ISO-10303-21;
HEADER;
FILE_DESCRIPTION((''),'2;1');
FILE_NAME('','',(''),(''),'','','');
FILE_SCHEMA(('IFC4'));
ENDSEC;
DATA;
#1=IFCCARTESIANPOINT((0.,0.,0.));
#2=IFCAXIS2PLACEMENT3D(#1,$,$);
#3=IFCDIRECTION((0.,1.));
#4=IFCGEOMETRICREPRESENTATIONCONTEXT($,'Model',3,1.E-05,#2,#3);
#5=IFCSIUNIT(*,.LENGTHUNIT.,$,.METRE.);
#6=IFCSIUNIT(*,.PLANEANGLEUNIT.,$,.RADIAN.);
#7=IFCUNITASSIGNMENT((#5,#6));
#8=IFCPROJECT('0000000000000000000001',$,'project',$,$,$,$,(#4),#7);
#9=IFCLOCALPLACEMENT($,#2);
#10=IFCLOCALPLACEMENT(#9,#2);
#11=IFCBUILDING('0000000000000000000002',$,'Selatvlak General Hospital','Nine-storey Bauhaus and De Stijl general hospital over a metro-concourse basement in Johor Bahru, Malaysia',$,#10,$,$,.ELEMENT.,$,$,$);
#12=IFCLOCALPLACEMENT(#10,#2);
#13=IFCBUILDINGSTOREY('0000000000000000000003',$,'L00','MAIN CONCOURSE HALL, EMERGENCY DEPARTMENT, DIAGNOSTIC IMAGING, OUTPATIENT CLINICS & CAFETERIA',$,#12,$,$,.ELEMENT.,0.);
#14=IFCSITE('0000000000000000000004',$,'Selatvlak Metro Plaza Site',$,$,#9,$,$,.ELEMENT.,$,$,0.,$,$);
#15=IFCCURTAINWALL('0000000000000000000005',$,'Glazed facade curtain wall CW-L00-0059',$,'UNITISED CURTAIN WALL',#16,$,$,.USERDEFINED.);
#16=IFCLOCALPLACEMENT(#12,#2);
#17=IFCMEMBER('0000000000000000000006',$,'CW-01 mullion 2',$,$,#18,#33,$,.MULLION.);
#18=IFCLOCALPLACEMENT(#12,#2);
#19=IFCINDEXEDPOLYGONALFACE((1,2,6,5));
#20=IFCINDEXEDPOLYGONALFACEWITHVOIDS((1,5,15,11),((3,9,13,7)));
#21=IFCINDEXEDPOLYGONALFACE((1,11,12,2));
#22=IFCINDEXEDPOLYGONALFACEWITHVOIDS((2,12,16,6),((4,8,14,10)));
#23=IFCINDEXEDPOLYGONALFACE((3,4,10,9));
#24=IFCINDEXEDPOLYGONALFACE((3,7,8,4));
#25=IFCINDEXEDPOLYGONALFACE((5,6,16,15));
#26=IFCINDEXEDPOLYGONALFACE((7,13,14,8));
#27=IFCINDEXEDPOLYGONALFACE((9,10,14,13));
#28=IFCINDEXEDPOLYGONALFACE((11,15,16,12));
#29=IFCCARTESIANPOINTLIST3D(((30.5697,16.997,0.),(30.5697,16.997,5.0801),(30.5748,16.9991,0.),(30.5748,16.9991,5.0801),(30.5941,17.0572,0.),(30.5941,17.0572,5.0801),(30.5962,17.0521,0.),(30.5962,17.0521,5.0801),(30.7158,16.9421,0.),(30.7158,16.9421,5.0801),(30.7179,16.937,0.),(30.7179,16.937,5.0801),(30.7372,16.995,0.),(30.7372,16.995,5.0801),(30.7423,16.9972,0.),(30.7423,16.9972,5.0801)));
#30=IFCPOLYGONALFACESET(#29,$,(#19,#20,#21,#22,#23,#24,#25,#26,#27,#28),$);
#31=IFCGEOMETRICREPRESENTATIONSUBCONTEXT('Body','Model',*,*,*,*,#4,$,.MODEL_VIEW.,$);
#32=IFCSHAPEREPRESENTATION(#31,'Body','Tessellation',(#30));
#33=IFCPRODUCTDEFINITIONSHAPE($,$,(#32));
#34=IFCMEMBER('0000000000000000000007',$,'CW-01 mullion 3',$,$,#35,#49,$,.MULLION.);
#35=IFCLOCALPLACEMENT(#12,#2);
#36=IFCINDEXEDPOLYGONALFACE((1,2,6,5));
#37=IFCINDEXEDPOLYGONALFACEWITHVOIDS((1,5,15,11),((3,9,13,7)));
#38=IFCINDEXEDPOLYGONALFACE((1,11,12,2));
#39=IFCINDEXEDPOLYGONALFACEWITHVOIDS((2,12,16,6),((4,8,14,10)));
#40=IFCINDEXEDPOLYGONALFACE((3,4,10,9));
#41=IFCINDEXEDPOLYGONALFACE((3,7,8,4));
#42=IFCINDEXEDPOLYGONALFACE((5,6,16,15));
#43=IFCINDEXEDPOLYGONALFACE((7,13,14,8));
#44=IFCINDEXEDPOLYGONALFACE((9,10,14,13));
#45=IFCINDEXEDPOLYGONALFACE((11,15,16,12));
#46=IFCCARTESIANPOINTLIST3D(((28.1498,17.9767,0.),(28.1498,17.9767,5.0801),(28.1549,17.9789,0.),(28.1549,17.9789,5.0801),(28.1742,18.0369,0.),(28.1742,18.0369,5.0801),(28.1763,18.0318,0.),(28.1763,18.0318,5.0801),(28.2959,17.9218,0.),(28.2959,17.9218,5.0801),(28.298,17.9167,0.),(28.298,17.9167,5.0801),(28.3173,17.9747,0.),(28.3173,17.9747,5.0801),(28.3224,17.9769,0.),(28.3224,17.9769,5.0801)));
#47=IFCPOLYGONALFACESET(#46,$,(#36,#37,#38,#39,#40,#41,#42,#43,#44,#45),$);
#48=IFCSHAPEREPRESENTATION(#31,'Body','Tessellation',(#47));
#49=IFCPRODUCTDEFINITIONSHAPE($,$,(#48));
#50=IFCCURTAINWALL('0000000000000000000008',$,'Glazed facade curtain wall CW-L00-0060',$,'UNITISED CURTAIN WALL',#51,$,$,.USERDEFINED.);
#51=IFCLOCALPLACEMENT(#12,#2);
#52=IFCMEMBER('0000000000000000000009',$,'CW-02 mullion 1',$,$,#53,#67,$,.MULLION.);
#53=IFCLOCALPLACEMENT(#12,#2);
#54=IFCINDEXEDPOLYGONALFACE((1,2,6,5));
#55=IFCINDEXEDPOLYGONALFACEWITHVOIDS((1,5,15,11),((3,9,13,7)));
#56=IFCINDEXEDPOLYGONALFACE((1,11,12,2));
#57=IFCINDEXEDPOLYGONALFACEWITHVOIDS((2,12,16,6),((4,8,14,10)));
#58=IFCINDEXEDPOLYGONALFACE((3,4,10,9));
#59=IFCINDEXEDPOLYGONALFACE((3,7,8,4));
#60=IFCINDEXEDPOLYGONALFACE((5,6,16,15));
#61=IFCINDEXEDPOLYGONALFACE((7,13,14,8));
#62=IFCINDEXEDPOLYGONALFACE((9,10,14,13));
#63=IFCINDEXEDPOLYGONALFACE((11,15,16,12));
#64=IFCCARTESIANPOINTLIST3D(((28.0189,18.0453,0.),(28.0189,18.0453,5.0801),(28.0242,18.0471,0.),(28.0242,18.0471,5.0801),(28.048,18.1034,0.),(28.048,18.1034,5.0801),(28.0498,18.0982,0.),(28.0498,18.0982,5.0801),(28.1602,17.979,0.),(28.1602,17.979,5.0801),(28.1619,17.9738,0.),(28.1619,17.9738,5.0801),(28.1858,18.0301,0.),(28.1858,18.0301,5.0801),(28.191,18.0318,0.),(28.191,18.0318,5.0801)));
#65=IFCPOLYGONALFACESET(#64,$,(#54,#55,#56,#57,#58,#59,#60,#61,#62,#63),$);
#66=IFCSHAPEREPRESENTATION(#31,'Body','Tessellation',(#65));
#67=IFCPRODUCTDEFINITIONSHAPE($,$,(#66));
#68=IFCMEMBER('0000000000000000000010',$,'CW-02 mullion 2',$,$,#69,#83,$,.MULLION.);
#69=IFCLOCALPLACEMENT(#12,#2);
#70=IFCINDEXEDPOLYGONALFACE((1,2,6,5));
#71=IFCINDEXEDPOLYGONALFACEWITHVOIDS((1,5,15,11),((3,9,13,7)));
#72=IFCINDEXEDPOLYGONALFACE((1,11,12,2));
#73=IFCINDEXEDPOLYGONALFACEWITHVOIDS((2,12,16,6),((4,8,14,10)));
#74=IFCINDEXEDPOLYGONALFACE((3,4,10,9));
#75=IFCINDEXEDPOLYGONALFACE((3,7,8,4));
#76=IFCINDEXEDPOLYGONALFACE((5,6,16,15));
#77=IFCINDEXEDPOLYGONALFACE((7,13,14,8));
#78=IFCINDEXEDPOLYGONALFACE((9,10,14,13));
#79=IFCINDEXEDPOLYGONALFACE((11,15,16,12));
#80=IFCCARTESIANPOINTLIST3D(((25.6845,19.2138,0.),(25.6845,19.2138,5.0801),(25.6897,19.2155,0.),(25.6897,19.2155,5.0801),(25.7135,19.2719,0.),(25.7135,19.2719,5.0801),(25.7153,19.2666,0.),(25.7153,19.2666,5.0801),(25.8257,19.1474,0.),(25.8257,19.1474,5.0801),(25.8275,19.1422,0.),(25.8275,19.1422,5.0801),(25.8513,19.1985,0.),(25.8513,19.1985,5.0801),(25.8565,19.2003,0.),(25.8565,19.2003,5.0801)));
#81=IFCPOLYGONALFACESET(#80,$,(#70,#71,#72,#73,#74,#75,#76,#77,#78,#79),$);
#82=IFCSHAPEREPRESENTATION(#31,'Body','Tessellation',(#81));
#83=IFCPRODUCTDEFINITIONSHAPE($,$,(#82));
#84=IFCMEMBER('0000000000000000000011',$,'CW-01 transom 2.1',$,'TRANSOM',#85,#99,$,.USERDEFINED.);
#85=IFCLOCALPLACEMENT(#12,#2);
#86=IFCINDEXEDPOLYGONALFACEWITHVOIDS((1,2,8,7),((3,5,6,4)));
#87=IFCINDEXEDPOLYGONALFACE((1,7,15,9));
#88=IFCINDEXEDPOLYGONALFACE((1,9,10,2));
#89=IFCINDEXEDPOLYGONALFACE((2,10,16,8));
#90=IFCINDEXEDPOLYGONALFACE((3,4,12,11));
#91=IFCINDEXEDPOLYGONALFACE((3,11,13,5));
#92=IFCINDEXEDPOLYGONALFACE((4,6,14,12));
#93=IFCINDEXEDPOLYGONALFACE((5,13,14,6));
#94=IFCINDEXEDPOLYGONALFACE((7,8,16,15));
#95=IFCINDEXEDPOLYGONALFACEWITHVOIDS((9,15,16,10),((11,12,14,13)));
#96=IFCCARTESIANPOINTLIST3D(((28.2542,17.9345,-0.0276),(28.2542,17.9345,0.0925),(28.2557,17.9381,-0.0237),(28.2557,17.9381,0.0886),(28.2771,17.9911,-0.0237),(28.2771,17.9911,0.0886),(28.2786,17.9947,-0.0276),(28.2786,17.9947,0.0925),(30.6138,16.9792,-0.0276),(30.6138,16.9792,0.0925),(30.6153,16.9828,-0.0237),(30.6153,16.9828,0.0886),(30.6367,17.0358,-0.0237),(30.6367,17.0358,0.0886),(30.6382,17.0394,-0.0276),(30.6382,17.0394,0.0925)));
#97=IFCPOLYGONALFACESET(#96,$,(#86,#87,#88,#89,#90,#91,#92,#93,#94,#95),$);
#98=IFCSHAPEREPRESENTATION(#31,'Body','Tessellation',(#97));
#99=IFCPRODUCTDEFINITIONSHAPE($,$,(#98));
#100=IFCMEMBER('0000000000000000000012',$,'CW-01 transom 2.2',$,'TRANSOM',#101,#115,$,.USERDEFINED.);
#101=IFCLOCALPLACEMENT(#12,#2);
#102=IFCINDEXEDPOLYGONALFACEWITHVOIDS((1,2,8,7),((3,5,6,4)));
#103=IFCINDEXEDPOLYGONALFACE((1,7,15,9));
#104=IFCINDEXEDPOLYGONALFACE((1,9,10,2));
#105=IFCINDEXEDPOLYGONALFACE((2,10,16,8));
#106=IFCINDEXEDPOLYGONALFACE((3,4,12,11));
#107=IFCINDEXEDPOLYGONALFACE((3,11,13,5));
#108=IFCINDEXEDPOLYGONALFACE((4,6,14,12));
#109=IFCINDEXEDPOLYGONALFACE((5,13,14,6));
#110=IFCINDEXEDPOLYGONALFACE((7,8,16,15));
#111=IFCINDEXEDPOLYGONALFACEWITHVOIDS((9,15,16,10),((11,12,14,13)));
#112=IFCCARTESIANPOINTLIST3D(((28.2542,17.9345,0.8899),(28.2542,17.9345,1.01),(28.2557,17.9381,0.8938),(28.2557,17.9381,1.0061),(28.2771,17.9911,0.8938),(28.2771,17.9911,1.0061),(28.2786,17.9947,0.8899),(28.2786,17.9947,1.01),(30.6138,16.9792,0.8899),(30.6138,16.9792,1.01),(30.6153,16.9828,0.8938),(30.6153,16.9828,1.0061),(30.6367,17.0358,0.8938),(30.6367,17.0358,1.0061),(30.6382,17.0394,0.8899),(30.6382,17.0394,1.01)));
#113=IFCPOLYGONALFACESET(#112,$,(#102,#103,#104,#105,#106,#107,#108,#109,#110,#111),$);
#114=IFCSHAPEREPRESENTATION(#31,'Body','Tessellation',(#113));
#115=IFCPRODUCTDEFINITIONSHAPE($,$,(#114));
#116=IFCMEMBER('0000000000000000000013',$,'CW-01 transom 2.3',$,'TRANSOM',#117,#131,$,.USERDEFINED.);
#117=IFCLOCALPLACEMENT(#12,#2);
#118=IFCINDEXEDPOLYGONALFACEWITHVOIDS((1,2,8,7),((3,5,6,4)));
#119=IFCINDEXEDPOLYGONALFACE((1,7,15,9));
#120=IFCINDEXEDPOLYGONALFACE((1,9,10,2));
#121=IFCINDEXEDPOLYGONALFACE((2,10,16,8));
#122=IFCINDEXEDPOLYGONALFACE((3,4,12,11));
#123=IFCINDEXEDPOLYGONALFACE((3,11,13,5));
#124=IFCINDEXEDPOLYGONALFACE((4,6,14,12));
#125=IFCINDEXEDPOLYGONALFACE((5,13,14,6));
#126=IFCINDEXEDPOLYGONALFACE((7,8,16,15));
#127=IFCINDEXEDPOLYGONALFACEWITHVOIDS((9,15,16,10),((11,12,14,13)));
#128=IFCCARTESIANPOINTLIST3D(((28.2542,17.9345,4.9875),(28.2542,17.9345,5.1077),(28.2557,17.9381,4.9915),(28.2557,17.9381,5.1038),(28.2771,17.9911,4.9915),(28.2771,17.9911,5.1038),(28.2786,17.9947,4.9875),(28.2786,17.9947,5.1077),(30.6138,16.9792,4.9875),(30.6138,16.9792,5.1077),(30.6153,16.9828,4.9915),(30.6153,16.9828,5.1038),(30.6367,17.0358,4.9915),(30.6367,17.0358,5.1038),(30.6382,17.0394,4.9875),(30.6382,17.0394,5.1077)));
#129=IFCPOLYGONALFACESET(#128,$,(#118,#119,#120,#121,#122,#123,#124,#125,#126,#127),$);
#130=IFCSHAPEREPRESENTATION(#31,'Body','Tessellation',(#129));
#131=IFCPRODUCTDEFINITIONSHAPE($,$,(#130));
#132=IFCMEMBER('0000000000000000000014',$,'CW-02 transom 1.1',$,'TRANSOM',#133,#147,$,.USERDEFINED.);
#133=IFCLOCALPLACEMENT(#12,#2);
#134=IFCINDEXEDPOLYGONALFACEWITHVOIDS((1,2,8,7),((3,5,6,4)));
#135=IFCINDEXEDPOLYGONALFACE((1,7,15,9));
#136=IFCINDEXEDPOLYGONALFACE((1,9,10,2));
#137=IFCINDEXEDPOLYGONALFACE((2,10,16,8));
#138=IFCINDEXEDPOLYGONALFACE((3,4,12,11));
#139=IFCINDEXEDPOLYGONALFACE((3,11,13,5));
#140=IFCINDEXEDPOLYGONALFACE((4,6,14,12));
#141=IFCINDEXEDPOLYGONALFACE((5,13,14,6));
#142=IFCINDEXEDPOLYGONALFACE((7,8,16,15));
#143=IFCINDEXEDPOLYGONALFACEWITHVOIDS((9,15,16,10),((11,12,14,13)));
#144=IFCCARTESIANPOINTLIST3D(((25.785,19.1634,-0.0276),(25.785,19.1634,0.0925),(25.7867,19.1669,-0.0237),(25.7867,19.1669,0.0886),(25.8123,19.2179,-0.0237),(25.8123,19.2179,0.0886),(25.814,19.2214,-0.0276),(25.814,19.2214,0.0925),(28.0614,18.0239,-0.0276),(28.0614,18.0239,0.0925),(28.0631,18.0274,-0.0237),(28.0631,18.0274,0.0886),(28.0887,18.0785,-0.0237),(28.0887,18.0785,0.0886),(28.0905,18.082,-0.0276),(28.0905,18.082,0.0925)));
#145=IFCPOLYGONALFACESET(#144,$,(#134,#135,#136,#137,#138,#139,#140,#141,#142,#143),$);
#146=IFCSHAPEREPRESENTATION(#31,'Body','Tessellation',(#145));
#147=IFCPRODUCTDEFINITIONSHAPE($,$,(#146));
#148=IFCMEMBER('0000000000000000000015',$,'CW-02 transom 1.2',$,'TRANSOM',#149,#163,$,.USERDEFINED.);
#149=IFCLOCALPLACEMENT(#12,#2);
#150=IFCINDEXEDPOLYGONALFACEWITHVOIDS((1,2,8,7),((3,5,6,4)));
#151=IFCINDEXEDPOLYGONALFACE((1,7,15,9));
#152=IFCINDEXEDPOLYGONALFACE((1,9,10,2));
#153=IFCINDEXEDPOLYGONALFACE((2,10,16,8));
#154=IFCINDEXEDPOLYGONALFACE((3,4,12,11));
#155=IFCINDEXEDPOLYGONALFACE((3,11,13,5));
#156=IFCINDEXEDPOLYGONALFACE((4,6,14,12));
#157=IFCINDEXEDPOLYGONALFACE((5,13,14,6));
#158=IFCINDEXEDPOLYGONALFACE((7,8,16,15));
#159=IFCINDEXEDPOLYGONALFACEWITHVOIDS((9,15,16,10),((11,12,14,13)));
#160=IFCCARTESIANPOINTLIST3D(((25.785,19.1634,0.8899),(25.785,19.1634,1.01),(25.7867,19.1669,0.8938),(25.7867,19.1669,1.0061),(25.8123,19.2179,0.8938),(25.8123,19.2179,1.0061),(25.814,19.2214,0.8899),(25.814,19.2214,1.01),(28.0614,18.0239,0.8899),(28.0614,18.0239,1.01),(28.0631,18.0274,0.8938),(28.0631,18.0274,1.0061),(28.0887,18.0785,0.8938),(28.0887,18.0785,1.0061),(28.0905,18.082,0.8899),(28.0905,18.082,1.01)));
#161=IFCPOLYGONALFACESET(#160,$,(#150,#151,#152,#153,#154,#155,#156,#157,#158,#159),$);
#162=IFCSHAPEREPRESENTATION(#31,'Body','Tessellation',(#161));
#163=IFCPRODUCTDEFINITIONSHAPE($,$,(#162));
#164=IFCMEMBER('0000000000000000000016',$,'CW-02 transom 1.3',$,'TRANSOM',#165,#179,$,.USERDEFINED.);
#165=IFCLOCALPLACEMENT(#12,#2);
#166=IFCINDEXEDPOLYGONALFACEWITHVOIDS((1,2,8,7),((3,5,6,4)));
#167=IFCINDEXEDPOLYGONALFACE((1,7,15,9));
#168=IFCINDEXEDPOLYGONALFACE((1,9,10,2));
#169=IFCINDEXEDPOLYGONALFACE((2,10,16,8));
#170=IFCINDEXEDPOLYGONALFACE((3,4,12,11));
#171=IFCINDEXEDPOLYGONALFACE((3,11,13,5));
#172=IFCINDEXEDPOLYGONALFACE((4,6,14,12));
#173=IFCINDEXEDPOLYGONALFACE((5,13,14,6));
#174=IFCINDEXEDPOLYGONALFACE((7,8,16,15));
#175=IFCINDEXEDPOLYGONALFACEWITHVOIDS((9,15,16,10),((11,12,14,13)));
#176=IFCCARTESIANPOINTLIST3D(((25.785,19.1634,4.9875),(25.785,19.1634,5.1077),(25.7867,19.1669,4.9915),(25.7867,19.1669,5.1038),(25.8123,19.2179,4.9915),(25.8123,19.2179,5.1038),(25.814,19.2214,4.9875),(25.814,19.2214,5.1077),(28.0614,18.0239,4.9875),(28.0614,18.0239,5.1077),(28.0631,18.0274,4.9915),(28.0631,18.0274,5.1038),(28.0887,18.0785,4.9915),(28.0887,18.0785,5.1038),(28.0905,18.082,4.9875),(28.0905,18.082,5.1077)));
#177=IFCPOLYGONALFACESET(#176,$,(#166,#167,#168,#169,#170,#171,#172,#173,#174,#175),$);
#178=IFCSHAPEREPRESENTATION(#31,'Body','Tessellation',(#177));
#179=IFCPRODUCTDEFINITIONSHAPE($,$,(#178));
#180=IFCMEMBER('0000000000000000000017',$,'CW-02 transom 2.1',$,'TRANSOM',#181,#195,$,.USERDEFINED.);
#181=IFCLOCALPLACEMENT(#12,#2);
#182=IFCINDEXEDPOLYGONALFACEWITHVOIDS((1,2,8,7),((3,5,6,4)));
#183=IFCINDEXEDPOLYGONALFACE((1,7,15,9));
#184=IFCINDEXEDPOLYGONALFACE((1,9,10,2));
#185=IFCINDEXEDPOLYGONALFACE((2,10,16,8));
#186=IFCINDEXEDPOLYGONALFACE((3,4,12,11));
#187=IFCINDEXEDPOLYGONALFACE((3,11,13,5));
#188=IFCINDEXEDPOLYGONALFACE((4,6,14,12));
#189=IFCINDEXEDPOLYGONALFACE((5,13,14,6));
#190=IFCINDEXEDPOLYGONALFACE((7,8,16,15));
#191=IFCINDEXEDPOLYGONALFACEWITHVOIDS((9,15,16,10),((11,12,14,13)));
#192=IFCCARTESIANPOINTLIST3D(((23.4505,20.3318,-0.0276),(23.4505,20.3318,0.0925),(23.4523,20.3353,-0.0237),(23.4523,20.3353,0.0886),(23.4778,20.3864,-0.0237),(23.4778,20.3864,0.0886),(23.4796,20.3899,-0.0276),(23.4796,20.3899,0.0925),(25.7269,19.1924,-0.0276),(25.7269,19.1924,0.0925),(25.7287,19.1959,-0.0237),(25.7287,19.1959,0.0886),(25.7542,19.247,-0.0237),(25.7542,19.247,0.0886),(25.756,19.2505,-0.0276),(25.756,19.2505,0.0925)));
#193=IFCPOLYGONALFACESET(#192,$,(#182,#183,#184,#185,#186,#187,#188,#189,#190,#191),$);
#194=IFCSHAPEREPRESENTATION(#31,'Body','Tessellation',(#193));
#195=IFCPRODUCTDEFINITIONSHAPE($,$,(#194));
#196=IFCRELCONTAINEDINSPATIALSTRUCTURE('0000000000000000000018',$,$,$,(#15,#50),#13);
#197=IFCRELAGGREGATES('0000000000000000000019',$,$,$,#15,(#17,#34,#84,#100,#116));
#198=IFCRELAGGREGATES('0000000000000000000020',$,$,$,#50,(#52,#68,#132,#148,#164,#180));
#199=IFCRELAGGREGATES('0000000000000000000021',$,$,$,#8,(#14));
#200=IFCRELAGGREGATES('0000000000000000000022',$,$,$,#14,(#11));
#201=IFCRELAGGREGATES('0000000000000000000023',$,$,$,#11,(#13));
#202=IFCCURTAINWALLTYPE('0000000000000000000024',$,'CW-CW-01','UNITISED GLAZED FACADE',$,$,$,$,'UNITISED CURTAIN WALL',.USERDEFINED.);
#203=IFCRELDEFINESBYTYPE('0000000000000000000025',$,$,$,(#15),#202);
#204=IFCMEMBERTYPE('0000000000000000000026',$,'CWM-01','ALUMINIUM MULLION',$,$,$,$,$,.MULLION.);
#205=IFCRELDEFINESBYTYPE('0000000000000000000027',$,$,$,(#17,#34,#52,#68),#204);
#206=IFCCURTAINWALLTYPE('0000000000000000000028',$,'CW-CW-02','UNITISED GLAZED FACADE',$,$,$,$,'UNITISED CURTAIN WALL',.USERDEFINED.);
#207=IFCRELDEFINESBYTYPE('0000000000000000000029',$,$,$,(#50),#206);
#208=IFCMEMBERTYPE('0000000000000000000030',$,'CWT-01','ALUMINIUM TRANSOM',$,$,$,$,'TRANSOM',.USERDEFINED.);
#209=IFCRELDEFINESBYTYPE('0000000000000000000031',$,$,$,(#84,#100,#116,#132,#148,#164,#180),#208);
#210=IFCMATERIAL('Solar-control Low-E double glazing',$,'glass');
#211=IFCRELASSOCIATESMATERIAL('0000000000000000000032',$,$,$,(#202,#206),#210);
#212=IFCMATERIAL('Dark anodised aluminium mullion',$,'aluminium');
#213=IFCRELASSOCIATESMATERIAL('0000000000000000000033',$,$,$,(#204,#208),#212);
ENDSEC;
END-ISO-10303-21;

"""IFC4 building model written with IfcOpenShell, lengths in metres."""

from ifc_helpers import new_model, si_unit, direction, frame, origin, origin_2d, place, context, subcontext, project, spatial, hollow_rectangle, extrude, material, material_profile, profile_set, type_object, element, aggregate, save


model = new_model("IFC4")

# Units and contexts
model_context = context("Model", 3, precision=1e-05, world=origin(), true_north=direction((0.0, 1.0)))
body_context = subcontext(model_context, "Body", "Model", "MODEL_VIEW")
ifc_project = project(units=[si_unit("LENGTHUNIT", "METRE"), si_unit("PLANEANGLEUNIT", "RADIAN")], contexts=[model_context])

# Site, building, storey
site_placement = place(None, origin())
site = spatial("IfcSite", under=ifc_project, at=site_placement, Name="Selatvlak Metro Plaza Site", CompositionType="ELEMENT", RefElevation=0.0)
building_placement = place(site_placement, origin())
building = spatial("IfcBuilding", under=site, at=building_placement, Name="Selatvlak General Hospital", Description="Nine-storey Bauhaus and De Stijl general hospital over a metro-concourse basement in Johor Bahru, Malaysia", CompositionType="ELEMENT")
storey_placement = place(building_placement, origin())
storey = spatial("IfcBuildingStorey", under=building, at=storey_placement, Name="L00", Description="MAIN CONCOURSE HALL, EMERGENCY DEPARTMENT, DIAGNOSTIC IMAGING, OUTPATIENT CLINICS & CAFETERIA", CompositionType="ELEMENT", Elevation=0.0)

# Curtain walls, members
ifc_material_1 = material(Name="Solar-control Low-E double glazing", Category="glass")
curtain_wall_type_1 = type_object("IfcCurtainWallType", Name="CW-CW-01", Description="UNITISED GLAZED FACADE", ElementType="UNITISED CURTAIN WALL", PredefinedType="USERDEFINED", material=ifc_material_1)
curtain_wall_1_placement = place(storey_placement, origin())
curtain_wall_1 = element("IfcCurtainWall", 1, at=curtain_wall_1_placement, inside=storey, type_object=curtain_wall_type_1, Name="Glazed facade curtain wall CW-L00-0059", ObjectType="UNITISED CURTAIN WALL", PredefinedType="USERDEFINED")
ifc_material_2 = material(Name="Dark anodised aluminium mullion", Category="aluminium")
ifc_material_profile_1 = material_profile(ifc_material_2, hollow_rectangle(XDim=0.0649, YDim=0.1599, WallThickness=0.0039, at=origin_2d()), Name="AL-MUL 65x160x4")
ifc_profile_set_1 = profile_set([ifc_material_profile_1], Name="Dark anodised aluminium mullion")
member_type_1 = type_object("IfcMemberType", Name="CWM-01", Description="ALUMINIUM MULLION", PredefinedType="MULLION", material=ifc_profile_set_1)
member_1_placement = place(storey_placement, frame((30.656, 16.9971, 0.0), z_axis=(0.0, 0.0, 1.0), x_axis=(-0.375301, -0.926903, 0.0)))
member_1 = element("IfcMember", 2, at=member_1_placement, type_object=member_type_1, Name="CW-01 mullion 2", PredefinedType="MULLION", context=body_context, shape_type="SweptSolid", body=[
    extrude(hollow_rectangle(XDim=0.0649, YDim=0.1599, WallThickness=0.0039, at=origin_2d()), origin(), (0.0, 0.0, 1.0), 5.0801),
])
member_2_placement = place(storey_placement, frame((28.2361, 17.9768, 0.0), z_axis=(0.0, 0.0, 1.0), x_axis=(-0.375301, -0.926903, 0.0)))
member_2 = element("IfcMember", 3, at=member_2_placement, type_object=member_type_1, Name="CW-01 mullion 3", PredefinedType="MULLION", context=body_context, shape_type="SweptSolid", body=[
    extrude(hollow_rectangle(XDim=0.0649, YDim=0.1599, WallThickness=0.0039, at=origin_2d()), origin(), (0.0, 0.0, 1.0), 5.0801),
])
curtain_wall_type_2 = type_object("IfcCurtainWallType", Name="CW-CW-02", Description="UNITISED GLAZED FACADE", ElementType="UNITISED CURTAIN WALL", PredefinedType="USERDEFINED", material=ifc_material_1)
curtain_wall_2_placement = place(storey_placement, origin())
curtain_wall_2 = element("IfcCurtainWall", 4, at=curtain_wall_2_placement, inside=storey, type_object=curtain_wall_type_2, Name="Glazed facade curtain wall CW-L00-0060", ObjectType="UNITISED CURTAIN WALL", PredefinedType="USERDEFINED")
member_3_placement = place(storey_placement, frame((28.105, 18.0386, 0.0), z_axis=(0.0, 0.0, 1.0), x_axis=(-0.447592, -0.894238, 0.0)))
member_3 = element("IfcMember", 5, at=member_3_placement, type_object=member_type_1, Name="CW-02 mullion 1", PredefinedType="MULLION", context=body_context, shape_type="SweptSolid", body=[
    extrude(hollow_rectangle(XDim=0.0649, YDim=0.1599, WallThickness=0.0039, at=origin_2d()), origin(), (0.0, 0.0, 1.0), 5.0801),
])
member_4_placement = place(storey_placement, frame((25.7705, 19.207, 0.0), z_axis=(0.0, 0.0, 1.0), x_axis=(-0.447592, -0.894238, 0.0)))
member_4 = element("IfcMember", 6, at=member_4_placement, type_object=member_type_1, Name="CW-02 mullion 2", PredefinedType="MULLION", context=body_context, shape_type="SweptSolid", body=[
    extrude(hollow_rectangle(XDim=0.0649, YDim=0.1599, WallThickness=0.0039, at=origin_2d()), origin(), (0.0, 0.0, 1.0), 5.0801),
])

# Members
ifc_material_profile_2 = material_profile(ifc_material_2, hollow_rectangle(XDim=0.0649, YDim=0.1201, WallThickness=0.0039, at=origin_2d()), Name="AL-TRN 65x120x4")
ifc_profile_set_2 = profile_set([ifc_material_profile_2], Name="Dark anodised aluminium mullion")
member_type_2 = type_object("IfcMemberType", Name="CWT-01", Description="ALUMINIUM TRANSOM", ElementType="TRANSOM", PredefinedType="USERDEFINED", material=ifc_profile_set_2)
member_5_placement = place(storey_placement, frame((30.626, 17.0093, 0.0325), z_axis=(-0.926914, 0.375273, 0.0), x_axis=(-0.375273, -0.926914, 0.0)))
member_5 = element("IfcMember", 7, at=member_5_placement, type_object=member_type_2, Name="CW-01 transom 2.1", ObjectType="TRANSOM", PredefinedType="USERDEFINED", context=body_context, shape_type="SweptSolid", body=[
    extrude(hollow_rectangle(XDim=0.0649, YDim=0.1201, WallThickness=0.0039, at=origin_2d()), origin(), (0.0, 0.0, 1.0), 2.5457),
])
member_6_placement = place(storey_placement, frame((30.626, 17.0093, 0.95), z_axis=(-0.926914, 0.375273, 0.0), x_axis=(-0.375273, -0.926914, 0.0)))
member_6 = element("IfcMember", 8, at=member_6_placement, type_object=member_type_2, Name="CW-01 transom 2.2", ObjectType="TRANSOM", PredefinedType="USERDEFINED", context=body_context, shape_type="SweptSolid", body=[
    extrude(hollow_rectangle(XDim=0.0649, YDim=0.1201, WallThickness=0.0039, at=origin_2d()), origin(), (0.0, 0.0, 1.0), 2.5457),
])
member_7_placement = place(storey_placement, frame((30.626, 17.0093, 5.0476), z_axis=(-0.926914, 0.375273, 0.0), x_axis=(-0.375273, -0.926914, 0.0)))
member_7 = element("IfcMember", 9, at=member_7_placement, type_object=member_type_2, Name="CW-01 transom 2.3", ObjectType="TRANSOM", PredefinedType="USERDEFINED", context=body_context, shape_type="SweptSolid", body=[
    extrude(hollow_rectangle(XDim=0.0649, YDim=0.1201, WallThickness=0.0039, at=origin_2d()), origin(), (0.0, 0.0, 1.0), 2.5457),
])
member_8_placement = place(storey_placement, frame((28.0759, 18.053, 0.0325), z_axis=(-0.894235, 0.447597, 0.0), x_axis=(-0.447597, -0.894235, 0.0)))
member_8 = element("IfcMember", 10, at=member_8_placement, type_object=member_type_2, Name="CW-02 transom 1.1", ObjectType="TRANSOM", PredefinedType="USERDEFINED", context=body_context, shape_type="SweptSolid", body=[
    extrude(hollow_rectangle(XDim=0.0649, YDim=0.1201, WallThickness=0.0039, at=origin_2d()), origin(), (0.0, 0.0, 1.0), 2.5457),
])
member_9_placement = place(storey_placement, frame((28.0759, 18.053, 0.95), z_axis=(-0.894235, 0.447597, 0.0), x_axis=(-0.447597, -0.894235, 0.0)))
member_9 = element("IfcMember", 11, at=member_9_placement, type_object=member_type_2, Name="CW-02 transom 1.2", ObjectType="TRANSOM", PredefinedType="USERDEFINED", context=body_context, shape_type="SweptSolid", body=[
    extrude(hollow_rectangle(XDim=0.0649, YDim=0.1201, WallThickness=0.0039, at=origin_2d()), origin(), (0.0, 0.0, 1.0), 2.5457),
])
member_10_placement = place(storey_placement, frame((28.0759, 18.053, 5.0476), z_axis=(-0.894235, 0.447597, 0.0), x_axis=(-0.447597, -0.894235, 0.0)))
member_10 = element("IfcMember", 12, at=member_10_placement, type_object=member_type_2, Name="CW-02 transom 1.3", ObjectType="TRANSOM", PredefinedType="USERDEFINED", context=body_context, shape_type="SweptSolid", body=[
    extrude(hollow_rectangle(XDim=0.0649, YDim=0.1201, WallThickness=0.0039, at=origin_2d()), origin(), (0.0, 0.0, 1.0), 2.5457),
])
member_11_placement = place(storey_placement, frame((25.7415, 19.2214, 0.0325), z_axis=(-0.894235, 0.447597, 0.0), x_axis=(-0.447597, -0.894235, 0.0)))
member_11 = element("IfcMember", 13, at=member_11_placement, type_object=member_type_2, Name="CW-02 transom 2.1", ObjectType="TRANSOM", PredefinedType="USERDEFINED", context=body_context, shape_type="SweptSolid", body=[
    extrude(hollow_rectangle(XDim=0.0649, YDim=0.1201, WallThickness=0.0039, at=origin_2d()), origin(), (0.0, 0.0, 1.0), 2.5457),
])

aggregate(curtain_wall_1, [member_1, member_2, member_5, member_6, member_7])
aggregate(curtain_wall_2, [member_3, member_4, member_8, member_9, member_10, member_11])

save(model, "model.ifc")
